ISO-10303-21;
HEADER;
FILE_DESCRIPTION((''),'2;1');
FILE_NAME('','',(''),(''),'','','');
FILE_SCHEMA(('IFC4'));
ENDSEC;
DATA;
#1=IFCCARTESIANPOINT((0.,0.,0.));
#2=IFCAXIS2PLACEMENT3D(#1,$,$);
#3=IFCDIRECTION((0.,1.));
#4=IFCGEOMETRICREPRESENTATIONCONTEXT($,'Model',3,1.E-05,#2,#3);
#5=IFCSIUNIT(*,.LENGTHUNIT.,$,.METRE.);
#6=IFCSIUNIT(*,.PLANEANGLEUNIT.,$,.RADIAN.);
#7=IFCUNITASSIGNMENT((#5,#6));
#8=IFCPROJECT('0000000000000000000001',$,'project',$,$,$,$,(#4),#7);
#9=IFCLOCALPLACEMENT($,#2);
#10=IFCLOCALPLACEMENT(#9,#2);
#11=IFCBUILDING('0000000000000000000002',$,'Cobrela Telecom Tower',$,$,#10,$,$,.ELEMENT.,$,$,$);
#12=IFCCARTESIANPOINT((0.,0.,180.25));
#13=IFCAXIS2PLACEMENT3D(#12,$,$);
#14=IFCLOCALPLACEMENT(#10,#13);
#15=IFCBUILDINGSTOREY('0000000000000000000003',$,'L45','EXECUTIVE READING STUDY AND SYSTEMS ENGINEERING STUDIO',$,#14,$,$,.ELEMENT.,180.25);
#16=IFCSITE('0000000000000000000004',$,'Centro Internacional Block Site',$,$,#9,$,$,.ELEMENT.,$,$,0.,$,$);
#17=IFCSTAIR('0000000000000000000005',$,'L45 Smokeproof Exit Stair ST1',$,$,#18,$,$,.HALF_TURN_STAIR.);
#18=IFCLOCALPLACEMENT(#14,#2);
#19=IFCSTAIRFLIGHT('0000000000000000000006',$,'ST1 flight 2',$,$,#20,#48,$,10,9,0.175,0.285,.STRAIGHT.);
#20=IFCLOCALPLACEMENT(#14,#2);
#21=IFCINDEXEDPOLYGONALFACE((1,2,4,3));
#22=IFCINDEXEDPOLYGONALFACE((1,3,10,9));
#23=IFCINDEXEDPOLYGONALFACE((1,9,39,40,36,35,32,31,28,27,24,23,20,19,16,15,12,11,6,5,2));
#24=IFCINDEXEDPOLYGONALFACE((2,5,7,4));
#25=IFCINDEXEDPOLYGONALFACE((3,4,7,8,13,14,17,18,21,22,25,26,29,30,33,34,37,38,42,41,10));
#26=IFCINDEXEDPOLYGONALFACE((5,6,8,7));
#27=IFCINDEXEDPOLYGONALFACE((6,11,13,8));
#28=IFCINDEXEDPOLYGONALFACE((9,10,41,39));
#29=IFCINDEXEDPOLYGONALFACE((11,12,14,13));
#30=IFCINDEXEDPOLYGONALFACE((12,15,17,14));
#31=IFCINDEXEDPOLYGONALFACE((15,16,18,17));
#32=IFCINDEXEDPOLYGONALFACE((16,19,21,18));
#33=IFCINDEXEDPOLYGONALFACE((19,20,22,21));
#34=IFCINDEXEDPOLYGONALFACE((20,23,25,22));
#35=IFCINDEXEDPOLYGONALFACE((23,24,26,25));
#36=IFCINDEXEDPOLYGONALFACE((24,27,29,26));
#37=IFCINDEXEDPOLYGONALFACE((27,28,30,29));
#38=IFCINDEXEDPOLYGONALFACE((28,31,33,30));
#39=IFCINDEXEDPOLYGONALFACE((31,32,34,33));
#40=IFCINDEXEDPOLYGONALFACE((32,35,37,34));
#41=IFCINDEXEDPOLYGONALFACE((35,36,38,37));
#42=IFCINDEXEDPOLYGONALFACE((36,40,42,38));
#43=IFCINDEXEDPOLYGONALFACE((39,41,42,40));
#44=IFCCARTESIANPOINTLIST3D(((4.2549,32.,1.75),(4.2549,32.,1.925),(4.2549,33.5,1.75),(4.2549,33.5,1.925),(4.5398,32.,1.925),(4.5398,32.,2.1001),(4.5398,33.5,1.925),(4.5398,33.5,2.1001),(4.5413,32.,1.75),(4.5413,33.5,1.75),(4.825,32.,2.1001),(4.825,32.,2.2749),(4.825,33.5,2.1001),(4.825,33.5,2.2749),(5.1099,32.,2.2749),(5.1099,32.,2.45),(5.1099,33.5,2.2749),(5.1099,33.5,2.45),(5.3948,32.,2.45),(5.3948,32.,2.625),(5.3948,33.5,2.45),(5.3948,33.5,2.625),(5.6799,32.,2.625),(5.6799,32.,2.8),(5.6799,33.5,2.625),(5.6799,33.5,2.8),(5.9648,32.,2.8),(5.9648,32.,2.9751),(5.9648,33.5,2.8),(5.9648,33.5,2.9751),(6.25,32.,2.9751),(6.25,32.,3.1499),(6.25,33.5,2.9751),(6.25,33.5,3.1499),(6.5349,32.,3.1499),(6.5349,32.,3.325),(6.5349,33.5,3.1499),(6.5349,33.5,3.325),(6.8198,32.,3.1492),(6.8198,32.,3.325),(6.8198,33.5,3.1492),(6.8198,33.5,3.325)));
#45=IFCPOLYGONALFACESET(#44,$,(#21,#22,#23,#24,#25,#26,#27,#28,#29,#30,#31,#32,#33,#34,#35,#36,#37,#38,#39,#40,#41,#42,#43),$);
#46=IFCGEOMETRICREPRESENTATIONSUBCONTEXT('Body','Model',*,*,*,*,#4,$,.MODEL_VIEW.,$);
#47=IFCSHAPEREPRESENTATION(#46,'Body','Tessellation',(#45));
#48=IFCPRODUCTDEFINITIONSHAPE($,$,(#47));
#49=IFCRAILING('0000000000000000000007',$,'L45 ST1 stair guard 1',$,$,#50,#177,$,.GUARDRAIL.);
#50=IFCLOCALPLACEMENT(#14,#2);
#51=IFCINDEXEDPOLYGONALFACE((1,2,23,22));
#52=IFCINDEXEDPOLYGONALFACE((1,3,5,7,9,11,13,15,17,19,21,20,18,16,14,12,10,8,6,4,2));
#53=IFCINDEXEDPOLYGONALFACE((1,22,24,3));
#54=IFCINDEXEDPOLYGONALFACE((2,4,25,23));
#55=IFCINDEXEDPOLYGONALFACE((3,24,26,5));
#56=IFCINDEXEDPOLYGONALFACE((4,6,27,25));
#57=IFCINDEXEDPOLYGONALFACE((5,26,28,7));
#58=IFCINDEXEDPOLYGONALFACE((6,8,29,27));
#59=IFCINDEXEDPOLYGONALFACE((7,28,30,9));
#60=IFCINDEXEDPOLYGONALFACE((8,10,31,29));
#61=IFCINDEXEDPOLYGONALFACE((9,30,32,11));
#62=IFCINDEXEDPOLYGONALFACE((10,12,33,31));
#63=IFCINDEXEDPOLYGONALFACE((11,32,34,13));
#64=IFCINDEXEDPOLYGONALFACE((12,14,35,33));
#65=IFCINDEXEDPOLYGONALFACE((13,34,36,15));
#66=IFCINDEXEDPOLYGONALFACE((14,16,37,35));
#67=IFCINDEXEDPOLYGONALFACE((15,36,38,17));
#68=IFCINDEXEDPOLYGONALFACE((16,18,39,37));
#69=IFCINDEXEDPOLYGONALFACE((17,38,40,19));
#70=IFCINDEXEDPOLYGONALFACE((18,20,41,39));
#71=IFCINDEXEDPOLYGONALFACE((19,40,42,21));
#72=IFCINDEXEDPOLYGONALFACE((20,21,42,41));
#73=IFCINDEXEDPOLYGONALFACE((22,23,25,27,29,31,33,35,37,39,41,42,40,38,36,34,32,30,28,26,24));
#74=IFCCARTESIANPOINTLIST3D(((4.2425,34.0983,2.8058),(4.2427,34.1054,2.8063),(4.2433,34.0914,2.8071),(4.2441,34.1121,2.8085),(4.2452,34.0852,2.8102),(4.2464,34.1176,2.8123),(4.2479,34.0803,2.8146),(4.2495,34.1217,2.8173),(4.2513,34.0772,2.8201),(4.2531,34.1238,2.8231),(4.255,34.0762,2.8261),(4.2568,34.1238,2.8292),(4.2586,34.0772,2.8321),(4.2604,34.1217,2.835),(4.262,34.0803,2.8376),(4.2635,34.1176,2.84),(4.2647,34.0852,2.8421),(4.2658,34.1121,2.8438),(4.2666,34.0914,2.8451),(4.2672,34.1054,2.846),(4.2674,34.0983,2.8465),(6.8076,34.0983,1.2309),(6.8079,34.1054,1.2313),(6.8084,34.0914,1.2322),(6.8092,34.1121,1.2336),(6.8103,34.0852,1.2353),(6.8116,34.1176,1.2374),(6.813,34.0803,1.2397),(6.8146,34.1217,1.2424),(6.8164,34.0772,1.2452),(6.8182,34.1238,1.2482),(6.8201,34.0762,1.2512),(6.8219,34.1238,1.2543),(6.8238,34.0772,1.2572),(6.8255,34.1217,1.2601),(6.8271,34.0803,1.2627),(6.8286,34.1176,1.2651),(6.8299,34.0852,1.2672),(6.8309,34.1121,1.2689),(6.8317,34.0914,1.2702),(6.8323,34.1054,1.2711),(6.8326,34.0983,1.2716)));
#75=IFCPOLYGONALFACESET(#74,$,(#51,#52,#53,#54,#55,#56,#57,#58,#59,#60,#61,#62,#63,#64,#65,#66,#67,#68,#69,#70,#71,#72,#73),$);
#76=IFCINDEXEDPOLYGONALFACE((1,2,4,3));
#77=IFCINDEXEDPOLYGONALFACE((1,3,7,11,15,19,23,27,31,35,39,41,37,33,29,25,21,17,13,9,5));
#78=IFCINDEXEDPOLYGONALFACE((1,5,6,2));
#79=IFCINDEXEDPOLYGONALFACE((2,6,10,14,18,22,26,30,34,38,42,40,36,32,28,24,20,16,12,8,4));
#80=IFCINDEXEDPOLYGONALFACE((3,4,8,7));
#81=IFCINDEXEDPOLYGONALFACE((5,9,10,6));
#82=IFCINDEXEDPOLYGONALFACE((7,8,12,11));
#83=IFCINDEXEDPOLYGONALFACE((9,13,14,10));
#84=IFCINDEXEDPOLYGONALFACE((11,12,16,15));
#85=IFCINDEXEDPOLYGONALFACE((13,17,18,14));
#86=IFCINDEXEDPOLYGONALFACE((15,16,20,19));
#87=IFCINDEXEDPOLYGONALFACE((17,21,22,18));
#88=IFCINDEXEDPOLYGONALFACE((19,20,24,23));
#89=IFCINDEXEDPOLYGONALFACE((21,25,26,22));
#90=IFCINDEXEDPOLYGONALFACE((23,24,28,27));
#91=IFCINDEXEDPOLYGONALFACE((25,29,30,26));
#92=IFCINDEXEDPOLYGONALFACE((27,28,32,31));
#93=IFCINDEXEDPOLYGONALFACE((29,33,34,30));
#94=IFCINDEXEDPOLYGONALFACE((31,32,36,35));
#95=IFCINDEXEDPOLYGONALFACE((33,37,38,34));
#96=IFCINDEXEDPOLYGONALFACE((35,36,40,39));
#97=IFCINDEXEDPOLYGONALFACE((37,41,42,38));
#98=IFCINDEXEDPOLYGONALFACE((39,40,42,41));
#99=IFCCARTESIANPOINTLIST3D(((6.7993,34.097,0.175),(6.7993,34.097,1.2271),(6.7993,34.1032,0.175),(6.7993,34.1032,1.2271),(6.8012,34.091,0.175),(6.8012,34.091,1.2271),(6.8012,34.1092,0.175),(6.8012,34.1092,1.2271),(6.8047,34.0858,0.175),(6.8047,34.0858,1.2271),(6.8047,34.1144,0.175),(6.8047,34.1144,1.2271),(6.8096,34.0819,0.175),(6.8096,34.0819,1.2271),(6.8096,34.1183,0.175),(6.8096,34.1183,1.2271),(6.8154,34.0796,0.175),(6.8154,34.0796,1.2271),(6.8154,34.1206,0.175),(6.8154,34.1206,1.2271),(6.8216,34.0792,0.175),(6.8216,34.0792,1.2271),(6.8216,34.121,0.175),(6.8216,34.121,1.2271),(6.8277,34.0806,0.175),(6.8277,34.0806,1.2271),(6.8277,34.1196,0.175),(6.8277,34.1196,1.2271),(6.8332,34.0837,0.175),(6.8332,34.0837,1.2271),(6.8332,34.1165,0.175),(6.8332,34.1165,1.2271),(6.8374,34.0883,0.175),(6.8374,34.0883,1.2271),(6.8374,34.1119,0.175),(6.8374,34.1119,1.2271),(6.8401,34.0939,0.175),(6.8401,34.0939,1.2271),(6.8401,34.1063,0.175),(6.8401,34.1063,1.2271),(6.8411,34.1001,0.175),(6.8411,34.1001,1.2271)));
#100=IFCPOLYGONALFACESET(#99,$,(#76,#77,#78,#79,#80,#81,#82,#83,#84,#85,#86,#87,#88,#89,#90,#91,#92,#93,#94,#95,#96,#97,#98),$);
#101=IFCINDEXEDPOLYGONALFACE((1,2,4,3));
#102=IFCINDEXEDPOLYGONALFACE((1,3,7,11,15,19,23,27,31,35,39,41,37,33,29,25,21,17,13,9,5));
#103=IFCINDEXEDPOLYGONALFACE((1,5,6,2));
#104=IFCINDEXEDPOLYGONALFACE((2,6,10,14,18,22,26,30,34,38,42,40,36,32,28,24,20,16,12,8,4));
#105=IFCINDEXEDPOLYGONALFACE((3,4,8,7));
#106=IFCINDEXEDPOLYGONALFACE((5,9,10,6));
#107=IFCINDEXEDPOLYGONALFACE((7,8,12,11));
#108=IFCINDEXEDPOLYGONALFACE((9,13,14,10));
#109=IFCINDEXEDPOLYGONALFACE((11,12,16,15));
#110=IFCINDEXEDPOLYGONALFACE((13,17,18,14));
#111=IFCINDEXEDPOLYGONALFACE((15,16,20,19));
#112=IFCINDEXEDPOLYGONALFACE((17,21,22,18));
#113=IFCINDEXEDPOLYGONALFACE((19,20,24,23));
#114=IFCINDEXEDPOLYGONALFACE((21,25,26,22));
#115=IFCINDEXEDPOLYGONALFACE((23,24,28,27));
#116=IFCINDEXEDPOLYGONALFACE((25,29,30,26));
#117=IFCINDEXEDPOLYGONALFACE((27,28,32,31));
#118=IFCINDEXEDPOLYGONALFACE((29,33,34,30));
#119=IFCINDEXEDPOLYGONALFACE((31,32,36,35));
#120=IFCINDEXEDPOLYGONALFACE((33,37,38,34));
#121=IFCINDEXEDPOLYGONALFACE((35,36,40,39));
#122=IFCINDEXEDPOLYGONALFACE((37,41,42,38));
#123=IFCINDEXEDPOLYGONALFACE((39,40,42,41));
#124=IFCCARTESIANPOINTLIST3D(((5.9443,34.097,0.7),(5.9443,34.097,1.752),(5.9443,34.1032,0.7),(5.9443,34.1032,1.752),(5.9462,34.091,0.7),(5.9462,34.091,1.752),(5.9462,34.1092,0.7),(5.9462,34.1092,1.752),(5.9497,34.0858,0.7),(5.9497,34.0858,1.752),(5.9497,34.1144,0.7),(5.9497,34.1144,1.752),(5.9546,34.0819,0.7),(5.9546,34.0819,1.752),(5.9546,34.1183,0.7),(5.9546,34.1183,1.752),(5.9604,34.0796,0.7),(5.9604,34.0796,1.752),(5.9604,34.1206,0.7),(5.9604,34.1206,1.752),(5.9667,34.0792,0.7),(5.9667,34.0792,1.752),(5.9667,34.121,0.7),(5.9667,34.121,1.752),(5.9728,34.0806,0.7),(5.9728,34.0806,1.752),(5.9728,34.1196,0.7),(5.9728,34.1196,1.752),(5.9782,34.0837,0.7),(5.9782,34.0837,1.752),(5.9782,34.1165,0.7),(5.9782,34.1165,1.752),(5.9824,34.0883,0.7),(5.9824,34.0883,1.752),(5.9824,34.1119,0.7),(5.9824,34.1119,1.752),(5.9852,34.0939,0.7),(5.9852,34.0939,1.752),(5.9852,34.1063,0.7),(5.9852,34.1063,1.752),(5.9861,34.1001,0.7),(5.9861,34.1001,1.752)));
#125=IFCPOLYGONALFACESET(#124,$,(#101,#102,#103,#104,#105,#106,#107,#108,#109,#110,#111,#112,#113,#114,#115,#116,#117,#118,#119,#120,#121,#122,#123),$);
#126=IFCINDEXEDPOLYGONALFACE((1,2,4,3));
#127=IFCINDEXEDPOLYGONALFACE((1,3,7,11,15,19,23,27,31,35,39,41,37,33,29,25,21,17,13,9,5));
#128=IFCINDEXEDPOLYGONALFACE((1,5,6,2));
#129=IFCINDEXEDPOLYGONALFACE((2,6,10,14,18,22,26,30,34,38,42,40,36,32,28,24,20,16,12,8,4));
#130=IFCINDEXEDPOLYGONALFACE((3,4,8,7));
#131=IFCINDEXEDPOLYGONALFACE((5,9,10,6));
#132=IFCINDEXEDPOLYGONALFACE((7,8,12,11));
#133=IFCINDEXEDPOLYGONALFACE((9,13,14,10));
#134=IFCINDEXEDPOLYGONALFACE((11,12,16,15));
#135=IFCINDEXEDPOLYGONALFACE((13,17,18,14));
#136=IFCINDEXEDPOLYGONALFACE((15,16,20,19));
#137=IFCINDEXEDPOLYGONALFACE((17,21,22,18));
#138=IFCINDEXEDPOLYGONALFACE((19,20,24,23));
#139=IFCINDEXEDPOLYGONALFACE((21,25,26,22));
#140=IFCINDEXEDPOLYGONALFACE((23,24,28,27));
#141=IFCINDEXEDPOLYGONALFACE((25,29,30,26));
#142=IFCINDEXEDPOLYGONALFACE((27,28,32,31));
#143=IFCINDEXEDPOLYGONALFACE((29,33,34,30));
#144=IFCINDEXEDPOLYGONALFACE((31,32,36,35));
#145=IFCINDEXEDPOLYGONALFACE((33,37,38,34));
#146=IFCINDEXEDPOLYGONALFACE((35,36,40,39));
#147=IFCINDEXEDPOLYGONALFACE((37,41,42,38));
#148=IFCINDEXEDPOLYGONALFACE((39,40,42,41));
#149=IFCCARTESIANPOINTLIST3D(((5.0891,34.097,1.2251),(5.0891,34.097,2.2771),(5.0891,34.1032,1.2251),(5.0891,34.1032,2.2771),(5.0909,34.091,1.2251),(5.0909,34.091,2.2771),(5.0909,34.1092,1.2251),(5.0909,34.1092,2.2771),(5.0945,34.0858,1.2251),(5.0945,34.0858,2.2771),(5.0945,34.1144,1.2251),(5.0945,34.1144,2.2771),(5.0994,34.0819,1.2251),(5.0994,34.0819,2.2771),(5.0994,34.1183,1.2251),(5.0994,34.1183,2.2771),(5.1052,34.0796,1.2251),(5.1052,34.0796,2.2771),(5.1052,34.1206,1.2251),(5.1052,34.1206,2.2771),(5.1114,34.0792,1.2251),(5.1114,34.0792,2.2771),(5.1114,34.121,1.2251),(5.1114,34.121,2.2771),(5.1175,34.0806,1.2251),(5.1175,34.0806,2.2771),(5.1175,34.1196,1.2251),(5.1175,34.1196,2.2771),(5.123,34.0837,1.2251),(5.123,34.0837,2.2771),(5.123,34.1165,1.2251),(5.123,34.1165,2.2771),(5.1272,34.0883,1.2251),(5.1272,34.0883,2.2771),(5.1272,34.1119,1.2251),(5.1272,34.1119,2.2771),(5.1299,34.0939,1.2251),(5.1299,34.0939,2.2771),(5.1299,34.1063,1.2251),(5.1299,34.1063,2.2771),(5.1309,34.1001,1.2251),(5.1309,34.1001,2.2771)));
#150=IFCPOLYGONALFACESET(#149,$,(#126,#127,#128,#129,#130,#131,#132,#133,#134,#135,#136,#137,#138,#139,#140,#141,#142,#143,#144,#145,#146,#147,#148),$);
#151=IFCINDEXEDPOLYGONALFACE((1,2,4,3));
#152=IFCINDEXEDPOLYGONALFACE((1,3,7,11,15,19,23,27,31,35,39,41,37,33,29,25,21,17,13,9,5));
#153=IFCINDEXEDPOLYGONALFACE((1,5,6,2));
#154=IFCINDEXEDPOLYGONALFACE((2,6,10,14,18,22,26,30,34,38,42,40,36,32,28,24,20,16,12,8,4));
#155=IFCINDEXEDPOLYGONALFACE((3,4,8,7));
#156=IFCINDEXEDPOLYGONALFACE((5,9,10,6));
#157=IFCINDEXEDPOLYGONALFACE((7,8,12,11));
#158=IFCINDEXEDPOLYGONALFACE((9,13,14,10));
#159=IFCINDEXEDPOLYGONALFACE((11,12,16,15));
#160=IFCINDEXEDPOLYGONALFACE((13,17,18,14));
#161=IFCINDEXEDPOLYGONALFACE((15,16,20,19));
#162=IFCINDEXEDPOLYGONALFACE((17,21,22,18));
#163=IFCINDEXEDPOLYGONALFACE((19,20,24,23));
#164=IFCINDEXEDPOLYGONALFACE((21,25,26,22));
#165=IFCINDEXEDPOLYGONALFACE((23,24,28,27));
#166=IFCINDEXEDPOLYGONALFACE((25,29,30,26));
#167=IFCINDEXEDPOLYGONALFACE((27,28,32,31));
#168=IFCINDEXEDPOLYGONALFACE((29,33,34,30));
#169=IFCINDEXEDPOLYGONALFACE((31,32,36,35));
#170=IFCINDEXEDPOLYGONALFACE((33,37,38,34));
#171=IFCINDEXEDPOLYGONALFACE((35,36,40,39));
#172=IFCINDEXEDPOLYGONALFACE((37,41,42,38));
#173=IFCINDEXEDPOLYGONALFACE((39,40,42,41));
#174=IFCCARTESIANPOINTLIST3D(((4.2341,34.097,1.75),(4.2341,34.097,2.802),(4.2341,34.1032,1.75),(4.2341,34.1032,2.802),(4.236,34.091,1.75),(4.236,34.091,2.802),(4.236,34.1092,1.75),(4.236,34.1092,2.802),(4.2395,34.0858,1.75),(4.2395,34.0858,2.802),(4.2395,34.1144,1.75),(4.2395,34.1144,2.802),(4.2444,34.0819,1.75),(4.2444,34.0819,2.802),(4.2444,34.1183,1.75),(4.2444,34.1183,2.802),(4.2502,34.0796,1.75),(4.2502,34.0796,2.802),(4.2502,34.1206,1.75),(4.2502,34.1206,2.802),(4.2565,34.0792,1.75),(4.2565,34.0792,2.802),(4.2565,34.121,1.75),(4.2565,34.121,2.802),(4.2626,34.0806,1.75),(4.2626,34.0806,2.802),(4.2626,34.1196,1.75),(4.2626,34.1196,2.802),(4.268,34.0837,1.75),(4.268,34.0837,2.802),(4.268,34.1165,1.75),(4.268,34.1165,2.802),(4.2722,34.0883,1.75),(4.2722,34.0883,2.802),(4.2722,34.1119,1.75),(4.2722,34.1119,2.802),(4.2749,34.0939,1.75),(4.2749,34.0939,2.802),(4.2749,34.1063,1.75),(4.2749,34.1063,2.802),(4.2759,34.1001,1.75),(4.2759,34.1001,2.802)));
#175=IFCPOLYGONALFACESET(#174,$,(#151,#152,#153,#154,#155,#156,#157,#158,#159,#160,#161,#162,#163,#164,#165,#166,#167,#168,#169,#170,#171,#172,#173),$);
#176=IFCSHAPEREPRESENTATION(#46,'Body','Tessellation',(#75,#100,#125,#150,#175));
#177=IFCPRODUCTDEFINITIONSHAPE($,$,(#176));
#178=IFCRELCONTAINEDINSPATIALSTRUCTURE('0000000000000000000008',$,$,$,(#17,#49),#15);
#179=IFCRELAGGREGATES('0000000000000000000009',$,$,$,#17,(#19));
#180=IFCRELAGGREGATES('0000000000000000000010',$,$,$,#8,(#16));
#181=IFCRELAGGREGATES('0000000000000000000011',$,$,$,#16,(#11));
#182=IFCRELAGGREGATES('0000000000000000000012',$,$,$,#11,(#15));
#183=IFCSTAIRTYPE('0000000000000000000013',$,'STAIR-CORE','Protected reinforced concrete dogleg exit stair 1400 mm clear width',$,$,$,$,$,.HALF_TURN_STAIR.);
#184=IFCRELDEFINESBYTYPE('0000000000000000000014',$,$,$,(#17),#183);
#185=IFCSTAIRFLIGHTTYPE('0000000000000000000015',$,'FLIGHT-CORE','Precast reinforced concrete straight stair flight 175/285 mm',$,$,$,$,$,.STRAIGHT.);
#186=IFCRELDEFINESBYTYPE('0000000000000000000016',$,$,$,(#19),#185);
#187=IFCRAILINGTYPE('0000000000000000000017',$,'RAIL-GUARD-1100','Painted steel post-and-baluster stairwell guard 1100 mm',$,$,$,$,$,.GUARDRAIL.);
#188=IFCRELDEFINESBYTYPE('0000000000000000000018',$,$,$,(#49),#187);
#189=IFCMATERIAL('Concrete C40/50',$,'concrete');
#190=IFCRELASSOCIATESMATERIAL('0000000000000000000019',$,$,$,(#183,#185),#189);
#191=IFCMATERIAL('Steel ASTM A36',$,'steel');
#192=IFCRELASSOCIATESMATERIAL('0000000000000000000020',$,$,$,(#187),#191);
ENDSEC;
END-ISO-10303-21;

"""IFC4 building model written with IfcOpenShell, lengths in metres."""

from ifc_helpers import new_model, si_unit, direction, frame, origin, origin_2d, place, context, subcontext, project, spatial, polyline, circle, outline, extrude, material, type_object, element, aggregate, save


model = new_model("IFC4")

# Units and contexts
model_context = context("Model", 3, precision=1e-05, world=origin(), true_north=direction((0.0, 1.0)))
body_context = subcontext(model_context, "Body", "Model", "MODEL_VIEW")
ifc_project = project(units=[si_unit("LENGTHUNIT", "METRE"), si_unit("PLANEANGLEUNIT", "RADIAN")], contexts=[model_context])

# Site, building, storey
site_placement = place(None, origin())
site = spatial("IfcSite", under=ifc_project, at=site_placement, Name="Centro Internacional Block Site", CompositionType="ELEMENT", RefElevation=0.0)
building_placement = place(site_placement, origin())
building = spatial("IfcBuilding", under=site, at=building_placement, Name="Cobrela Telecom Tower", CompositionType="ELEMENT")
storey_placement = place(building_placement, frame((0.0, 0.0, 180.25)))
storey = spatial("IfcBuildingStorey", under=building, at=storey_placement, Name="L45", Description="EXECUTIVE READING STUDY AND SYSTEMS ENGINEERING STUDIO", CompositionType="ELEMENT", Elevation=180.25)

# Shared definitions
ifc_material_1 = material(Name="Concrete C40/50", Category="concrete")

# Shared definitions
ifc_material_2 = material(Name="Steel ASTM A36", Category="steel")

# Stair, stair flight
stair_type = type_object("IfcStairType", Name="STAIR-CORE", Description="Protected reinforced concrete dogleg exit stair 1400 mm clear width", PredefinedType="HALF_TURN_STAIR", material=ifc_material_1)
stair_placement = place(storey_placement, origin())
stair = element("IfcStair", 1, at=stair_placement, inside=storey, type_object=stair_type, Name="L45 Smokeproof Exit Stair ST1", PredefinedType="HALF_TURN_STAIR")
stair_flight_type = type_object("IfcStairFlightType", Name="FLIGHT-CORE", Description="Precast reinforced concrete straight stair flight 175/285 mm", PredefinedType="STRAIGHT", material=ifc_material_1)
stair_flight_1_placement = place(storey_placement, frame((4.2549, 32.75, 1.75), z_axis=(0.0, 0.0, 1.0), x_axis=(1.0, 0.0, 0.0)))
stair_flight_1 = element("IfcStairFlight", 2, at=stair_flight_1_placement, type_object=stair_flight_type, Name="ST1 flight 2", NumberOfRisers=10, NumberOfTreads=9, PredefinedType="STRAIGHT", RiserHeight=0.175, TreadLength=0.285, context=body_context, shape_type="SweptSolid", body=[
    extrude(outline(polyline([(0.0, 0.0), (0.0, 0.175), (0.2849, 0.175), (0.2849, 0.3501), (0.5701, 0.3501), (0.5701, 0.5249), (0.855, 0.5249), (0.855, 0.7), (1.1399, 0.7), (1.1399, 0.875), (1.425, 0.875), (1.425, 1.05), (1.71, 1.05), (1.71, 1.2251), (1.9951, 1.2251), (1.9951, 1.3999), (2.28, 1.3999), (2.28, 1.575), (2.5649, 1.575), (2.5649, 1.75), (2.5649, 1.3992), (0.2864, 0.0), (0.0, 0.0)])), frame((0.0, 0.75, 0.0), z_axis=(0.0, -1.0, 0.0), x_axis=(1.0, 0.0, 0.0)), (0.0, 0.0, 1.0), 1.5),
])
aggregate(stair, [stair_flight_1])

# Railing
railing_type_1 = type_object("IfcRailingType", Name="RAIL-GUARD-1100", Description="Painted steel post-and-baluster stairwell guard 1100 mm", PredefinedType="GUARDRAIL", material=ifc_material_2)
railing_1_placement = place(storey_placement, frame((6.8201, 34.1001, 0.175)))
element("IfcRailing", 3, at=railing_1_placement, inside=storey, type_object=railing_type_1, Name="L45 ST1 stair guard 1", PredefinedType="GUARDRAIL", context=body_context, shape_type="SweptSolid", body=[
    extrude(circle(Radius=0.0239, at=origin_2d()), frame((0.0, 0.0, 1.0762), z_axis=(-0.852195, 0.0, 0.523224), x_axis=(0.0, -1.0, 0.0)), (0.0, 0.0, 1.0), 3.01),
    extrude(circle(Radius=0.021, at=origin_2d()), origin(), (0.0, 0.0, 1.0), 1.052),
    extrude(circle(Radius=0.021, at=origin_2d()), frame((-0.855, 0.0, 0.5249)), (0.0, 0.0, 1.0), 1.052),
    extrude(circle(Radius=0.021, at=origin_2d()), frame((-1.7102, 0.0, 1.05)), (0.0, 0.0, 1.0), 1.052),
    extrude(circle(Radius=0.021, at=origin_2d()), frame((-2.5652, 0.0, 1.575)), (0.0, 0.0, 1.0), 1.052),
])

save(model, "model.ifc")
